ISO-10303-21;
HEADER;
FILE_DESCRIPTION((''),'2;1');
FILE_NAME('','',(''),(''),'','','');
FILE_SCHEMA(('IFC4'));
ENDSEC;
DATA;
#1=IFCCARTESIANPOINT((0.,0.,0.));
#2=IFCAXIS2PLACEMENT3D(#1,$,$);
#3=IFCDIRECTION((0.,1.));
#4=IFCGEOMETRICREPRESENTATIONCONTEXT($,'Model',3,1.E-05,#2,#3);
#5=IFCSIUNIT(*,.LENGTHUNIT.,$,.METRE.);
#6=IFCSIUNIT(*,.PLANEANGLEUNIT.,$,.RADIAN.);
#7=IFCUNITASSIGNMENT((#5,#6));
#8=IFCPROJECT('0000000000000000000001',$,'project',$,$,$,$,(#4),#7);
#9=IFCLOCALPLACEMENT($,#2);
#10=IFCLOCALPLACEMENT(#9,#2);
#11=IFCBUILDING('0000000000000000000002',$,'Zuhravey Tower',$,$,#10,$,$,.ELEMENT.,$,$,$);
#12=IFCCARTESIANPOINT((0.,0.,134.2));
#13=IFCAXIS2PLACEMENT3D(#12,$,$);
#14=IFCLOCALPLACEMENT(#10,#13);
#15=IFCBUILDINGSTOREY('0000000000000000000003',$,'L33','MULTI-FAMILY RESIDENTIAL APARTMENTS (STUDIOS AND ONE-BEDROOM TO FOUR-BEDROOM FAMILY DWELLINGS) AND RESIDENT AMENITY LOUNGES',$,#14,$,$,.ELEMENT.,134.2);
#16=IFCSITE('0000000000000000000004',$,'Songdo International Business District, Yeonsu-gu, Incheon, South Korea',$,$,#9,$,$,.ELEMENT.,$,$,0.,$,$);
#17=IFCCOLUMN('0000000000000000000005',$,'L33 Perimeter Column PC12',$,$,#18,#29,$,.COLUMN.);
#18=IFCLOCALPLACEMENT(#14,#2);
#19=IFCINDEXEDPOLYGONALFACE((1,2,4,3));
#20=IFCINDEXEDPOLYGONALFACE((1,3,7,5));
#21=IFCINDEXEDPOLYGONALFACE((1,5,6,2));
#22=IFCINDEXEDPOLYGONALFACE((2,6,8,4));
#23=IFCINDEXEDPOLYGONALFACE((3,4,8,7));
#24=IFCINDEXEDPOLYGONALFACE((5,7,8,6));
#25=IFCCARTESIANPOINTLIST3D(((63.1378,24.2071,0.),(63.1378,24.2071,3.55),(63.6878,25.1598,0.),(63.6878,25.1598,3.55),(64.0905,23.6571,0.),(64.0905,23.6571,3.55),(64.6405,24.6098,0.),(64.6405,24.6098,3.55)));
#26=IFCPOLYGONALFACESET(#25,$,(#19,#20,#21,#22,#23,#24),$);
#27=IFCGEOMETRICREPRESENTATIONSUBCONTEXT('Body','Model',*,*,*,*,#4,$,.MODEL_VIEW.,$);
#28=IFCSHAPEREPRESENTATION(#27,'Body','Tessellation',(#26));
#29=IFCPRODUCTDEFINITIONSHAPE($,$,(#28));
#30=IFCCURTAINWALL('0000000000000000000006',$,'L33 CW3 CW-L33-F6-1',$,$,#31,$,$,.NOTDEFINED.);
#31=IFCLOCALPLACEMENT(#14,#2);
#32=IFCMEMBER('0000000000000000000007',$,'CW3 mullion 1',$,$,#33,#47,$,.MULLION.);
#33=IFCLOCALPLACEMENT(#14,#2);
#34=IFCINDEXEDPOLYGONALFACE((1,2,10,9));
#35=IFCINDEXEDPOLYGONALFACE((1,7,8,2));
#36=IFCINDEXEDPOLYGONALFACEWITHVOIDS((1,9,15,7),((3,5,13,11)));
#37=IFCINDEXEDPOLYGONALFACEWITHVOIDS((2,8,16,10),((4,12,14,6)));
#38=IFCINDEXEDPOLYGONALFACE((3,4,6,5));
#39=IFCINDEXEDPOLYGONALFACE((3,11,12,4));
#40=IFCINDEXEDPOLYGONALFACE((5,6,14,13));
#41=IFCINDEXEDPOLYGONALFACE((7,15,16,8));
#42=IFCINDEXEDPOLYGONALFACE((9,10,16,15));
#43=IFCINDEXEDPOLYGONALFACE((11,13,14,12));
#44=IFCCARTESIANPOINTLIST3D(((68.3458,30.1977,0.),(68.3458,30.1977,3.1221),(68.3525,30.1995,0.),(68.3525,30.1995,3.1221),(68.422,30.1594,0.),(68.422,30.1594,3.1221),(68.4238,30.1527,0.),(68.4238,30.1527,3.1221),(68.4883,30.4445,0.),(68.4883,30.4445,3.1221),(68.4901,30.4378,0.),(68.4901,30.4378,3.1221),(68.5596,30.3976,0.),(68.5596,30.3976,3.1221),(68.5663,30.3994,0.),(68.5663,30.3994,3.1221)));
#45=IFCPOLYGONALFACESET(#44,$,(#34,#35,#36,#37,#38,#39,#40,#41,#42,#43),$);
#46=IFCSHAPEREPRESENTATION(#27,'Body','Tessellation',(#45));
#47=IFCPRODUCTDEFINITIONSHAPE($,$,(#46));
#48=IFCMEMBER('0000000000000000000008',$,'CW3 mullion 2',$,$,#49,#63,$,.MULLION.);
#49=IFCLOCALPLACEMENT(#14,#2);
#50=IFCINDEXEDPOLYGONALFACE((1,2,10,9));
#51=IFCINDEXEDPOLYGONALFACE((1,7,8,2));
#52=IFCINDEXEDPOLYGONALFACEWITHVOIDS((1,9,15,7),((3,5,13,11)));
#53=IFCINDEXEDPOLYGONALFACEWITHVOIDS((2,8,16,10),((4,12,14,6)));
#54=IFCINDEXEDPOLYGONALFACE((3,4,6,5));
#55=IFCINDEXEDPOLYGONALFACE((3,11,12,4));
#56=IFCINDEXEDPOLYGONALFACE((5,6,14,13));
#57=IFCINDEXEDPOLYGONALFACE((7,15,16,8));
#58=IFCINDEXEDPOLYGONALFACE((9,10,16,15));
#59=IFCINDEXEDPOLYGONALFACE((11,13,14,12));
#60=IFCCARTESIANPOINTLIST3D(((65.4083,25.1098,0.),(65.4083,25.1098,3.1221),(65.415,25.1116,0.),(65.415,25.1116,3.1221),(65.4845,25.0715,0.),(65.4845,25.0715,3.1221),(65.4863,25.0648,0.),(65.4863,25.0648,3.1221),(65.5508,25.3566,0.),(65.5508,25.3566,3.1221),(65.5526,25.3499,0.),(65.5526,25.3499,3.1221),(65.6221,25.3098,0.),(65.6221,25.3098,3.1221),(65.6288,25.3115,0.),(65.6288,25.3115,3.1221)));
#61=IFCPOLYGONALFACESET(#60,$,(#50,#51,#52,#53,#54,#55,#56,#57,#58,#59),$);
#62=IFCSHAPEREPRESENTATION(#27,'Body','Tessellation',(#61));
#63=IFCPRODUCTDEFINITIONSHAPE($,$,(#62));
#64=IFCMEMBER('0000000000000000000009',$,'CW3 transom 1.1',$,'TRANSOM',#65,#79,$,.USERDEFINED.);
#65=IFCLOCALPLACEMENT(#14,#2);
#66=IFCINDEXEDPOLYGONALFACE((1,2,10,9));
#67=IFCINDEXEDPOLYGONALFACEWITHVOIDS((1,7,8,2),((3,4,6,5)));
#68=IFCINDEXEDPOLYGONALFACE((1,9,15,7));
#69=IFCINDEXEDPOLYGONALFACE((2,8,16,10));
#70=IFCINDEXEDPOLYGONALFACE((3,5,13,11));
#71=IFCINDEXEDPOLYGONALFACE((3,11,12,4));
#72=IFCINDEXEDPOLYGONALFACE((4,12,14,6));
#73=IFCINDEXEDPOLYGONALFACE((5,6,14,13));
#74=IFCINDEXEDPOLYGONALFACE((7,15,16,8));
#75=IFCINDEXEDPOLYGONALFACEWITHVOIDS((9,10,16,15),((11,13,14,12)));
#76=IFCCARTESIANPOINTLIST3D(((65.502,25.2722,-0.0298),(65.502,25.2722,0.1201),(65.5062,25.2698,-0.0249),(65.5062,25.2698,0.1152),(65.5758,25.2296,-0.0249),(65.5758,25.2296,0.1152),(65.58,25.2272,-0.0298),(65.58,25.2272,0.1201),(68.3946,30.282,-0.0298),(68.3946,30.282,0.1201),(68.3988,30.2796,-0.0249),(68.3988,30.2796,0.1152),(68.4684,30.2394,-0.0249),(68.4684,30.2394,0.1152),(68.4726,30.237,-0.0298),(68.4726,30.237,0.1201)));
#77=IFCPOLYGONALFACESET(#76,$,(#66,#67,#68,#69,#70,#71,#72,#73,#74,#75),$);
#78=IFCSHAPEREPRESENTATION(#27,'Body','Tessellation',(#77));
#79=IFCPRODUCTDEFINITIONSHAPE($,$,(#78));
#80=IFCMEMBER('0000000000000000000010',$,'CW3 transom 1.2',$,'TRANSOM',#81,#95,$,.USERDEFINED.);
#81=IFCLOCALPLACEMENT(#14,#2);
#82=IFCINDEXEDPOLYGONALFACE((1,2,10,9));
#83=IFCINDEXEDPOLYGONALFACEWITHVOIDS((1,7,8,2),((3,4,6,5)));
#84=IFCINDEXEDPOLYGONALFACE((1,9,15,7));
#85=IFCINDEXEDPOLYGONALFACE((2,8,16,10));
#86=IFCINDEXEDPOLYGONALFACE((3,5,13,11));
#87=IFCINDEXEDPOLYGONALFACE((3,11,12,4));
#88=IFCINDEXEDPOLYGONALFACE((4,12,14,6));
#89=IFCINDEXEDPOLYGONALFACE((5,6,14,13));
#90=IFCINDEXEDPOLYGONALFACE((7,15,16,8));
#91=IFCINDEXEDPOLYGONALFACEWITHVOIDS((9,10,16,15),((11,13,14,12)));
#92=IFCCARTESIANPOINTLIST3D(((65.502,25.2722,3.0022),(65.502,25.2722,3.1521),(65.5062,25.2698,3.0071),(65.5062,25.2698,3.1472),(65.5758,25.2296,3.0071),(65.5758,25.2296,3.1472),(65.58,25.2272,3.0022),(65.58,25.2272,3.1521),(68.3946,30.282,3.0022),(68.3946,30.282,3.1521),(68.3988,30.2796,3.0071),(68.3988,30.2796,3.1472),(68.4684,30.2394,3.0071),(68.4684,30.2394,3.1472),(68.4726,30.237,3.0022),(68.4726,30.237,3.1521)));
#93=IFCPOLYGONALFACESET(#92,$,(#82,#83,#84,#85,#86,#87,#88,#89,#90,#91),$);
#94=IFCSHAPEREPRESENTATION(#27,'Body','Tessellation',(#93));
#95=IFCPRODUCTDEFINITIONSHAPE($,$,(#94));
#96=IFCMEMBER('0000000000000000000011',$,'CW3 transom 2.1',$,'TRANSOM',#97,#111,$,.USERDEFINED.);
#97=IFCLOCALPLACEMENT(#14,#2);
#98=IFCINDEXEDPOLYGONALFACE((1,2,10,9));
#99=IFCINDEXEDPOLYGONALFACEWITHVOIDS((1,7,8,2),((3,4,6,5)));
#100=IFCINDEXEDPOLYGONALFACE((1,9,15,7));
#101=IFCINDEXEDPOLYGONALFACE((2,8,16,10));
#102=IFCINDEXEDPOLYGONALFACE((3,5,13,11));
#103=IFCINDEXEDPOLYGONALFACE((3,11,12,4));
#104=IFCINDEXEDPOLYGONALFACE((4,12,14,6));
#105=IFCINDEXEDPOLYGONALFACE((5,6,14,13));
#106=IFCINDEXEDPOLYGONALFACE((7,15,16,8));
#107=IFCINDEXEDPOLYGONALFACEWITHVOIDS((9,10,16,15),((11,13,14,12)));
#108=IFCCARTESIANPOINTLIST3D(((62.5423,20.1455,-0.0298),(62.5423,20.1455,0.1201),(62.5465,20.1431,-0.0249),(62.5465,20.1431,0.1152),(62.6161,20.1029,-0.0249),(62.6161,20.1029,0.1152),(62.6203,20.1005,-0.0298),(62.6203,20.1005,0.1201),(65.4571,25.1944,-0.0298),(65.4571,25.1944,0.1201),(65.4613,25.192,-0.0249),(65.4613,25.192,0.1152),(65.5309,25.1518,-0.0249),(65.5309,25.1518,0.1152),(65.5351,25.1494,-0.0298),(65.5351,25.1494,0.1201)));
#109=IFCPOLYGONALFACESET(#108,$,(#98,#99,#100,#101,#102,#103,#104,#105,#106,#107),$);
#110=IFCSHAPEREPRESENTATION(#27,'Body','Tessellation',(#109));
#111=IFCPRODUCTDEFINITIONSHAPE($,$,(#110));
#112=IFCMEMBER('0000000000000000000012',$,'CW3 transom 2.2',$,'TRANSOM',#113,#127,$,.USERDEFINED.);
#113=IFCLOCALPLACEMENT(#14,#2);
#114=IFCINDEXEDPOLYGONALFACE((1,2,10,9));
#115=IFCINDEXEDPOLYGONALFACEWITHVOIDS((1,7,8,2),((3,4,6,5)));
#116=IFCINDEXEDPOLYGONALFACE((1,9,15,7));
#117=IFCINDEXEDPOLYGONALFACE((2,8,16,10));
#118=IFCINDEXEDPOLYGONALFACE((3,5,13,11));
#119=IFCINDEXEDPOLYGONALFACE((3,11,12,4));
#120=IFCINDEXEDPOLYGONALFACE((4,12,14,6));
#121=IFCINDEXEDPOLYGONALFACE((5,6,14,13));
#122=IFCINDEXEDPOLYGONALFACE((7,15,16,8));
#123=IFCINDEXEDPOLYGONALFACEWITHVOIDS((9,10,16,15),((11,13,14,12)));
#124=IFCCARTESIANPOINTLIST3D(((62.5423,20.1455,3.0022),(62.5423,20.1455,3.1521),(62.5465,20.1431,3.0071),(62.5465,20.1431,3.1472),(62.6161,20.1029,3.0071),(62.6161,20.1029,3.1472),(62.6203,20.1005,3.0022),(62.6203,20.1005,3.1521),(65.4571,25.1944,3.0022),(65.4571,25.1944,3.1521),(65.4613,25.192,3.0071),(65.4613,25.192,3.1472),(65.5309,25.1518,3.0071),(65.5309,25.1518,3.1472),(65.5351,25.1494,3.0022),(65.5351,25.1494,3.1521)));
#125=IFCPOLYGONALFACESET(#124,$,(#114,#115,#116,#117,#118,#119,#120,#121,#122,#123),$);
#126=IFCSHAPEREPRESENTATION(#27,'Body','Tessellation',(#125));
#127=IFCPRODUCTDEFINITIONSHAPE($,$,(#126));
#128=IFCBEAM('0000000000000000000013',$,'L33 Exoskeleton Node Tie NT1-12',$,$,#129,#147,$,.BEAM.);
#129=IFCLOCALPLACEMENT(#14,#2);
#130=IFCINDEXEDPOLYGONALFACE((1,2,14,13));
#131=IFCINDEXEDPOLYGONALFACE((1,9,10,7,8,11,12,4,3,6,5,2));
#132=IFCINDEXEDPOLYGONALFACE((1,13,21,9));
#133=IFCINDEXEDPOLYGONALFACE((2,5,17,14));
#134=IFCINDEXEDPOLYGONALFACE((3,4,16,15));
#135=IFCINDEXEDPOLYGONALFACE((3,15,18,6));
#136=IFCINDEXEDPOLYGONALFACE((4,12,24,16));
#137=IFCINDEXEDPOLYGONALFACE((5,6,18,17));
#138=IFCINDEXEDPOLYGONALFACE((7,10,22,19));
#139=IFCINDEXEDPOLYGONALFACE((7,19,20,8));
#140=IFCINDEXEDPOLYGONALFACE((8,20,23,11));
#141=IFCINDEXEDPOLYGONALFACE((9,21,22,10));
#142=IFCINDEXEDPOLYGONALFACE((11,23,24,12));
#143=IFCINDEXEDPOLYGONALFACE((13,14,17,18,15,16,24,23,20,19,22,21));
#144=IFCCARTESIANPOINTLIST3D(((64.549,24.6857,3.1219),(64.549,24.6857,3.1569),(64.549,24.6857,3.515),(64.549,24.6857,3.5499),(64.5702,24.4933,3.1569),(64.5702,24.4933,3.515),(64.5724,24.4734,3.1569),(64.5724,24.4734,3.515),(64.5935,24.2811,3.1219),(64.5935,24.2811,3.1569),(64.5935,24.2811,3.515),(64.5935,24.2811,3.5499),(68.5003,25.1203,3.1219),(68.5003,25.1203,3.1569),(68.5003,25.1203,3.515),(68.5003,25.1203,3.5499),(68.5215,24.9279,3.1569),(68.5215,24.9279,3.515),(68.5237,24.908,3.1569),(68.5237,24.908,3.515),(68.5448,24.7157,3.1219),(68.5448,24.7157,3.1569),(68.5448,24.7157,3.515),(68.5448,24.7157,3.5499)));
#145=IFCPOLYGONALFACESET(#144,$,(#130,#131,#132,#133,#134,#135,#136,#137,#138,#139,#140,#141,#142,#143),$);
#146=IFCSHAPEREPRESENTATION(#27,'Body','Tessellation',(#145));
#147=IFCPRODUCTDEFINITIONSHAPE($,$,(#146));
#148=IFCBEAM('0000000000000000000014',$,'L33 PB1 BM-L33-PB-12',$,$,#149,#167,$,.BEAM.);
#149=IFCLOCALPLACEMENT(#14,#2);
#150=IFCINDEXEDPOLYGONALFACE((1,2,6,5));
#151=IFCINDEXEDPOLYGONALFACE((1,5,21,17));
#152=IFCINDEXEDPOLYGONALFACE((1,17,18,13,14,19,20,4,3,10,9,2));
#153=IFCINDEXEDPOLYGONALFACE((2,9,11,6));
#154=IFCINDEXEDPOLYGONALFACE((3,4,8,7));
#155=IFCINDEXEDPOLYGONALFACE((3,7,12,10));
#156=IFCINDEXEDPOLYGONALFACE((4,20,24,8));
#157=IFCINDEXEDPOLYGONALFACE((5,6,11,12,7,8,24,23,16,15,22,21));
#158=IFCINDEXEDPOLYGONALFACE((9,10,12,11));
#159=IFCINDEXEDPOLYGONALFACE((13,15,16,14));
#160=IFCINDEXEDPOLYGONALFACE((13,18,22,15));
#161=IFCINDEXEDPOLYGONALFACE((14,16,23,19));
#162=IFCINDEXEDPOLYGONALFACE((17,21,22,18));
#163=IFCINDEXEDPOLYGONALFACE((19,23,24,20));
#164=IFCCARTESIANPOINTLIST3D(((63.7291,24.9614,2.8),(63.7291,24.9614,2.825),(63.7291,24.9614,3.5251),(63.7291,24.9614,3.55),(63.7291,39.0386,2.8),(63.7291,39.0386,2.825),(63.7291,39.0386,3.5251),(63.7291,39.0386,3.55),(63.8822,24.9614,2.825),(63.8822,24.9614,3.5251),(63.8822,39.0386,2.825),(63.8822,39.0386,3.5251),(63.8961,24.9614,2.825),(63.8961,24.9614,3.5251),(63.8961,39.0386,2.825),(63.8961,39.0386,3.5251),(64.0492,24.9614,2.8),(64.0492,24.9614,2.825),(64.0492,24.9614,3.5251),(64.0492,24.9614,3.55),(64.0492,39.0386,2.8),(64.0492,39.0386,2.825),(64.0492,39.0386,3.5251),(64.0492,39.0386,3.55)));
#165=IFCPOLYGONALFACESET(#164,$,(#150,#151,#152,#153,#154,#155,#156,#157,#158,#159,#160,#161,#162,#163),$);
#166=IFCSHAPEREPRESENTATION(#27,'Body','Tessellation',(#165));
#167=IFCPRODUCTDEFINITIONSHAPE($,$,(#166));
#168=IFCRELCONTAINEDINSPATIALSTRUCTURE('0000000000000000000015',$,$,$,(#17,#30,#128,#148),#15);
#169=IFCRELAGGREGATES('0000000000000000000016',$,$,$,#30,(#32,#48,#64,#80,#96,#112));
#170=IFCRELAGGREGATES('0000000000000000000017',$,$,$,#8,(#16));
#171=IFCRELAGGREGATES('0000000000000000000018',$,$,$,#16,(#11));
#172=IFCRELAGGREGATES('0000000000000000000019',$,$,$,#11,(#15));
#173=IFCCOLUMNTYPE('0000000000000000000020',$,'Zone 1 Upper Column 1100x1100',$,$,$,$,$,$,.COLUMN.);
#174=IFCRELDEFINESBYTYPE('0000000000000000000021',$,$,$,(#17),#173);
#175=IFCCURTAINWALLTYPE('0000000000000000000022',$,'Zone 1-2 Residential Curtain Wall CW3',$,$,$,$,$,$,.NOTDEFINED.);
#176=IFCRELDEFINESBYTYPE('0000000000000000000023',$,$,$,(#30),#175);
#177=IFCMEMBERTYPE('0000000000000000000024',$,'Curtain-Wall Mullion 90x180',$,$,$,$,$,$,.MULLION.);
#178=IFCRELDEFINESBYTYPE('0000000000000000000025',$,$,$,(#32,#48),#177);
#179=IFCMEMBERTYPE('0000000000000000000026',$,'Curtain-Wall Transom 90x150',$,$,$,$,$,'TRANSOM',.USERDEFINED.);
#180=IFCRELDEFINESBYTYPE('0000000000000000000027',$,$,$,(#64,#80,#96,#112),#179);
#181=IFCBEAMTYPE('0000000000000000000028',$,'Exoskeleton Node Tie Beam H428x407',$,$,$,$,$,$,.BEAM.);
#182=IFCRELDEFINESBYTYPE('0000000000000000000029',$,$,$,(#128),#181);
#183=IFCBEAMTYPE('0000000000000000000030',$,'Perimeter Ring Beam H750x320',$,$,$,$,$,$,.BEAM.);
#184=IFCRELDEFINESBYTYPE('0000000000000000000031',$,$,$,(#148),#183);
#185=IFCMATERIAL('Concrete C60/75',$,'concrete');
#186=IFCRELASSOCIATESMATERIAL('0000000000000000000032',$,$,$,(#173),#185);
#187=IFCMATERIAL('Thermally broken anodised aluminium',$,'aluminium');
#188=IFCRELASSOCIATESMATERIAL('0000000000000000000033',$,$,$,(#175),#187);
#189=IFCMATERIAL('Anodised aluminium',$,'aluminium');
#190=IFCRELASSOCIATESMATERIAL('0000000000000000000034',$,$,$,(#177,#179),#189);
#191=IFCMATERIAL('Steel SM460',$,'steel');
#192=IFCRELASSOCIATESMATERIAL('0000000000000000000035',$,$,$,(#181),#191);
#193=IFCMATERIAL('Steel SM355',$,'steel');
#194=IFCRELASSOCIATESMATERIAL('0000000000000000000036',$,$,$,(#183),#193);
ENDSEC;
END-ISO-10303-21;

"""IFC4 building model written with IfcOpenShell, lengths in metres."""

from ifc_helpers import new_model, si_unit, direction, frame, origin, origin_2d, place, context, subcontext, project, spatial, rectangle, hollow_rectangle, i_section, extrude, material, material_profile, profile_set, type_object, element, aggregate, save


model = new_model("IFC4")

# Units and contexts
model_context = context("Model", 3, precision=1e-05, world=origin(), true_north=direction((0.0, 1.0)))
body_context = subcontext(model_context, "Body", "Model", "MODEL_VIEW")
ifc_project = project(units=[si_unit("LENGTHUNIT", "METRE"), si_unit("PLANEANGLEUNIT", "RADIAN")], contexts=[model_context])

# Site, building, storey
site_placement = place(None, origin())
site = spatial("IfcSite", under=ifc_project, at=site_placement, Name="Songdo International Business District, Yeonsu-gu, Incheon, South Korea", CompositionType="ELEMENT", RefElevation=0.0)
building_placement = place(site_placement, origin())
building = spatial("IfcBuilding", under=site, at=building_placement, Name="Zuhravey Tower", CompositionType="ELEMENT")
storey_placement = place(building_placement, frame((0.0, 0.0, 134.2)))
storey = spatial("IfcBuildingStorey", under=building, at=storey_placement, Name="L33", Description="MULTI-FAMILY RESIDENTIAL APARTMENTS (STUDIOS AND ONE-BEDROOM TO FOUR-BEDROOM FAMILY DWELLINGS) AND RESIDENT AMENITY LOUNGES", CompositionType="ELEMENT", Elevation=134.2)

# Column
ifc_material_1 = material(Name="Concrete C60/75", Category="concrete")
ifc_material_profile_1 = material_profile(ifc_material_1, rectangle(XDim=1.1001, YDim=1.1001, at=origin_2d()), Name="RC-1100x1100")
ifc_profile_set_1 = profile_set([ifc_material_profile_1], Name="Concrete C60/75")
column_type = type_object("IfcColumnType", Name="Zone 1 Upper Column 1100x1100", PredefinedType="COLUMN", material=ifc_profile_set_1)
column_placement = place(storey_placement, frame((63.8892, 24.4084, 0.0), z_axis=(0.0, 0.0, 1.0), x_axis=(0.5, 0.866025, 0.0)))
element("IfcColumn", 1, at=column_placement, inside=storey, type_object=column_type, Name="L33 Perimeter Column PC12", PredefinedType="COLUMN", context=body_context, shape_type="SweptSolid", body=[
    extrude(rectangle(XDim=1.1001, YDim=1.1001, at=origin_2d()), origin(), (0.0, 0.0, 1.0), 3.55),
])

# Curtain wall, members
ifc_material_2 = material(Name="Thermally broken anodised aluminium", Category="aluminium")
curtain_wall_type = type_object("IfcCurtainWallType", Name="Zone 1-2 Residential Curtain Wall CW3", PredefinedType="NOTDEFINED", material=ifc_material_2)
curtain_wall_placement = place(storey_placement, origin())
curtain_wall = element("IfcCurtainWall", 2, at=curtain_wall_placement, inside=storey, type_object=curtain_wall_type, Name="L33 CW3 CW-L33-F6-1", PredefinedType="NOTDEFINED")
ifc_material_3 = material(Name="Anodised aluminium", Category="aluminium")
ifc_material_profile_2 = material_profile(ifc_material_3, hollow_rectangle(XDim=0.0901, YDim=0.2849, WallThickness=0.0049, at=origin_2d()), Name="ALU-RHS-90x285x5")
ifc_profile_set_2 = profile_set([ifc_material_profile_2], Name="Anodised aluminium")
member_type_1 = type_object("IfcMemberType", Name="Curtain-Wall Mullion 90x180", PredefinedType="MULLION", material=ifc_profile_set_2)
member_1_placement = place(storey_placement, frame((68.4561, 30.2986, 0.0), z_axis=(0.0, 0.0, 1.0), x_axis=(0.866026, -0.5, 0.0)))
member_1 = element("IfcMember", 3, at=member_1_placement, type_object=member_type_1, Name="CW3 mullion 1", PredefinedType="MULLION", context=body_context, shape_type="SweptSolid", body=[
    extrude(hollow_rectangle(XDim=0.0901, YDim=0.2849, WallThickness=0.0049, at=origin_2d()), origin(), (0.0, 0.0, 1.0), 3.1221),
])
member_2_placement = place(storey_placement, frame((65.5186, 25.2107, 0.0), z_axis=(0.0, 0.0, 1.0), x_axis=(0.866026, -0.5, 0.0)))
member_2 = element("IfcMember", 4, at=member_2_placement, type_object=member_type_1, Name="CW3 mullion 2", PredefinedType="MULLION", context=body_context, shape_type="SweptSolid", body=[
    extrude(hollow_rectangle(XDim=0.0901, YDim=0.2849, WallThickness=0.0049, at=origin_2d()), origin(), (0.0, 0.0, 1.0), 3.1221),
])
ifc_material_profile_3 = material_profile(ifc_material_3, hollow_rectangle(XDim=0.0901, YDim=0.1499, WallThickness=0.0049, at=origin_2d()), Name="ALU-RHS-90x150x5")
ifc_profile_set_3 = profile_set([ifc_material_profile_3], Name="Anodised aluminium")
member_type_2 = type_object("IfcMemberType", Name="Curtain-Wall Transom 90x150", ElementType="TRANSOM", PredefinedType="USERDEFINED", material=ifc_profile_set_3)
member_3_placement = place(storey_placement, frame((68.4336, 30.2595, 0.0452), z_axis=(-0.500024, -0.866011, 0.0), x_axis=(0.866011, -0.500024, 0.0)))
member_3 = element("IfcMember", 5, at=member_3_placement, type_object=member_type_2, Name="CW3 transom 1.1", ObjectType="TRANSOM", PredefinedType="USERDEFINED", context=body_context, shape_type="SweptSolid", body=[
    extrude(hollow_rectangle(XDim=0.0901, YDim=0.1499, WallThickness=0.0049, at=origin_2d()), origin(), (0.0, 0.0, 1.0), 5.7849),
])
member_4_placement = place(storey_placement, frame((68.4336, 30.2595, 3.0771), z_axis=(-0.500024, -0.866011, 0.0), x_axis=(0.866011, -0.500024, 0.0)))
member_4 = element("IfcMember", 6, at=member_4_placement, type_object=member_type_2, Name="CW3 transom 1.2", ObjectType="TRANSOM", PredefinedType="USERDEFINED", context=body_context, shape_type="SweptSolid", body=[
    extrude(hollow_rectangle(XDim=0.0901, YDim=0.1499, WallThickness=0.0049, at=origin_2d()), origin(), (0.0, 0.0, 1.0), 5.7849),
])
member_5_placement = place(storey_placement, frame((65.4961, 25.1719, 0.0452), z_axis=(-0.499981, -0.866036, 0.0), x_axis=(0.866036, -0.499981, 0.0)))
member_5 = element("IfcMember", 7, at=member_5_placement, type_object=member_type_2, Name="CW3 transom 2.1", ObjectType="TRANSOM", PredefinedType="USERDEFINED", context=body_context, shape_type="SweptSolid", body=[
    extrude(hollow_rectangle(XDim=0.0901, YDim=0.1499, WallThickness=0.0049, at=origin_2d()), origin(), (0.0, 0.0, 1.0), 5.8298),
])
member_6_placement = place(storey_placement, frame((65.4961, 25.1719, 3.0771), z_axis=(-0.499981, -0.866036, 0.0), x_axis=(0.866036, -0.499981, 0.0)))
member_6 = element("IfcMember", 8, at=member_6_placement, type_object=member_type_2, Name="CW3 transom 2.2", ObjectType="TRANSOM", PredefinedType="USERDEFINED", context=body_context, shape_type="SweptSolid", body=[
    extrude(hollow_rectangle(XDim=0.0901, YDim=0.1499, WallThickness=0.0049, at=origin_2d()), origin(), (0.0, 0.0, 1.0), 5.8298),
])

# Beams
ifc_material_4 = material(Name="Steel SM460", Category="steel")
ifc_material_profile_4 = material_profile(ifc_material_4, i_section(OverallWidth=0.407, OverallDepth=0.428, WebThickness=0.02, FlangeThickness=0.0349, at=origin_2d()), Name="H-428x407x20x35")
ifc_profile_set_4 = profile_set([ifc_material_profile_4], Name="Steel SM460")
beam_type_1 = type_object("IfcBeamType", Name="Exoskeleton Node Tie Beam H428x407", PredefinedType="BEAM", material=ifc_profile_set_4)
beam_1_placement = place(storey_placement, frame((64.5713, 24.4834, 3.3359), z_axis=(0.994006, 0.109326, 0.0), x_axis=(-0.109326, 0.994006, 0.0)))
element("IfcBeam", 9, at=beam_1_placement, inside=storey, type_object=beam_type_1, Name="L33 Exoskeleton Node Tie NT1-12", PredefinedType="BEAM", context=body_context, shape_type="SweptSolid", body=[
    extrude(i_section(OverallWidth=0.407, OverallDepth=0.428, WebThickness=0.02, FlangeThickness=0.0349, at=origin_2d()), origin(), (0.0, 0.0, 1.0), 3.9751),
])
ifc_material_5 = material(Name="Steel SM355", Category="steel")
ifc_material_profile_5 = material_profile(ifc_material_5, i_section(OverallWidth=0.3201, OverallDepth=0.75, WebThickness=0.0139, FlangeThickness=0.0249, at=origin_2d()), Name="H-750x320x14x25")
ifc_profile_set_5 = profile_set([ifc_material_profile_5], Name="Steel SM355")
beam_type_2 = type_object("IfcBeamType", Name="Perimeter Ring Beam H750x320", PredefinedType="BEAM", material=ifc_profile_set_5)
beam_2_placement = place(storey_placement, frame((63.8892, 24.9614, 3.175), z_axis=(0.0, 1.0, 0.0), x_axis=(-1.0, 0.0, 0.0)))
element("IfcBeam", 10, at=beam_2_placement, inside=storey, type_object=beam_type_2, Name="L33 PB1 BM-L33-PB-12", PredefinedType="BEAM", context=body_context, shape_type="SweptSolid", body=[
    extrude(i_section(OverallWidth=0.3201, OverallDepth=0.75, WebThickness=0.0139, FlangeThickness=0.0249, at=origin_2d()), origin(), (0.0, 0.0, 1.0), 14.0771),
])

aggregate(curtain_wall, [member_1, member_2, member_3, member_4, member_5, member_6])

save(model, "model.ifc")
